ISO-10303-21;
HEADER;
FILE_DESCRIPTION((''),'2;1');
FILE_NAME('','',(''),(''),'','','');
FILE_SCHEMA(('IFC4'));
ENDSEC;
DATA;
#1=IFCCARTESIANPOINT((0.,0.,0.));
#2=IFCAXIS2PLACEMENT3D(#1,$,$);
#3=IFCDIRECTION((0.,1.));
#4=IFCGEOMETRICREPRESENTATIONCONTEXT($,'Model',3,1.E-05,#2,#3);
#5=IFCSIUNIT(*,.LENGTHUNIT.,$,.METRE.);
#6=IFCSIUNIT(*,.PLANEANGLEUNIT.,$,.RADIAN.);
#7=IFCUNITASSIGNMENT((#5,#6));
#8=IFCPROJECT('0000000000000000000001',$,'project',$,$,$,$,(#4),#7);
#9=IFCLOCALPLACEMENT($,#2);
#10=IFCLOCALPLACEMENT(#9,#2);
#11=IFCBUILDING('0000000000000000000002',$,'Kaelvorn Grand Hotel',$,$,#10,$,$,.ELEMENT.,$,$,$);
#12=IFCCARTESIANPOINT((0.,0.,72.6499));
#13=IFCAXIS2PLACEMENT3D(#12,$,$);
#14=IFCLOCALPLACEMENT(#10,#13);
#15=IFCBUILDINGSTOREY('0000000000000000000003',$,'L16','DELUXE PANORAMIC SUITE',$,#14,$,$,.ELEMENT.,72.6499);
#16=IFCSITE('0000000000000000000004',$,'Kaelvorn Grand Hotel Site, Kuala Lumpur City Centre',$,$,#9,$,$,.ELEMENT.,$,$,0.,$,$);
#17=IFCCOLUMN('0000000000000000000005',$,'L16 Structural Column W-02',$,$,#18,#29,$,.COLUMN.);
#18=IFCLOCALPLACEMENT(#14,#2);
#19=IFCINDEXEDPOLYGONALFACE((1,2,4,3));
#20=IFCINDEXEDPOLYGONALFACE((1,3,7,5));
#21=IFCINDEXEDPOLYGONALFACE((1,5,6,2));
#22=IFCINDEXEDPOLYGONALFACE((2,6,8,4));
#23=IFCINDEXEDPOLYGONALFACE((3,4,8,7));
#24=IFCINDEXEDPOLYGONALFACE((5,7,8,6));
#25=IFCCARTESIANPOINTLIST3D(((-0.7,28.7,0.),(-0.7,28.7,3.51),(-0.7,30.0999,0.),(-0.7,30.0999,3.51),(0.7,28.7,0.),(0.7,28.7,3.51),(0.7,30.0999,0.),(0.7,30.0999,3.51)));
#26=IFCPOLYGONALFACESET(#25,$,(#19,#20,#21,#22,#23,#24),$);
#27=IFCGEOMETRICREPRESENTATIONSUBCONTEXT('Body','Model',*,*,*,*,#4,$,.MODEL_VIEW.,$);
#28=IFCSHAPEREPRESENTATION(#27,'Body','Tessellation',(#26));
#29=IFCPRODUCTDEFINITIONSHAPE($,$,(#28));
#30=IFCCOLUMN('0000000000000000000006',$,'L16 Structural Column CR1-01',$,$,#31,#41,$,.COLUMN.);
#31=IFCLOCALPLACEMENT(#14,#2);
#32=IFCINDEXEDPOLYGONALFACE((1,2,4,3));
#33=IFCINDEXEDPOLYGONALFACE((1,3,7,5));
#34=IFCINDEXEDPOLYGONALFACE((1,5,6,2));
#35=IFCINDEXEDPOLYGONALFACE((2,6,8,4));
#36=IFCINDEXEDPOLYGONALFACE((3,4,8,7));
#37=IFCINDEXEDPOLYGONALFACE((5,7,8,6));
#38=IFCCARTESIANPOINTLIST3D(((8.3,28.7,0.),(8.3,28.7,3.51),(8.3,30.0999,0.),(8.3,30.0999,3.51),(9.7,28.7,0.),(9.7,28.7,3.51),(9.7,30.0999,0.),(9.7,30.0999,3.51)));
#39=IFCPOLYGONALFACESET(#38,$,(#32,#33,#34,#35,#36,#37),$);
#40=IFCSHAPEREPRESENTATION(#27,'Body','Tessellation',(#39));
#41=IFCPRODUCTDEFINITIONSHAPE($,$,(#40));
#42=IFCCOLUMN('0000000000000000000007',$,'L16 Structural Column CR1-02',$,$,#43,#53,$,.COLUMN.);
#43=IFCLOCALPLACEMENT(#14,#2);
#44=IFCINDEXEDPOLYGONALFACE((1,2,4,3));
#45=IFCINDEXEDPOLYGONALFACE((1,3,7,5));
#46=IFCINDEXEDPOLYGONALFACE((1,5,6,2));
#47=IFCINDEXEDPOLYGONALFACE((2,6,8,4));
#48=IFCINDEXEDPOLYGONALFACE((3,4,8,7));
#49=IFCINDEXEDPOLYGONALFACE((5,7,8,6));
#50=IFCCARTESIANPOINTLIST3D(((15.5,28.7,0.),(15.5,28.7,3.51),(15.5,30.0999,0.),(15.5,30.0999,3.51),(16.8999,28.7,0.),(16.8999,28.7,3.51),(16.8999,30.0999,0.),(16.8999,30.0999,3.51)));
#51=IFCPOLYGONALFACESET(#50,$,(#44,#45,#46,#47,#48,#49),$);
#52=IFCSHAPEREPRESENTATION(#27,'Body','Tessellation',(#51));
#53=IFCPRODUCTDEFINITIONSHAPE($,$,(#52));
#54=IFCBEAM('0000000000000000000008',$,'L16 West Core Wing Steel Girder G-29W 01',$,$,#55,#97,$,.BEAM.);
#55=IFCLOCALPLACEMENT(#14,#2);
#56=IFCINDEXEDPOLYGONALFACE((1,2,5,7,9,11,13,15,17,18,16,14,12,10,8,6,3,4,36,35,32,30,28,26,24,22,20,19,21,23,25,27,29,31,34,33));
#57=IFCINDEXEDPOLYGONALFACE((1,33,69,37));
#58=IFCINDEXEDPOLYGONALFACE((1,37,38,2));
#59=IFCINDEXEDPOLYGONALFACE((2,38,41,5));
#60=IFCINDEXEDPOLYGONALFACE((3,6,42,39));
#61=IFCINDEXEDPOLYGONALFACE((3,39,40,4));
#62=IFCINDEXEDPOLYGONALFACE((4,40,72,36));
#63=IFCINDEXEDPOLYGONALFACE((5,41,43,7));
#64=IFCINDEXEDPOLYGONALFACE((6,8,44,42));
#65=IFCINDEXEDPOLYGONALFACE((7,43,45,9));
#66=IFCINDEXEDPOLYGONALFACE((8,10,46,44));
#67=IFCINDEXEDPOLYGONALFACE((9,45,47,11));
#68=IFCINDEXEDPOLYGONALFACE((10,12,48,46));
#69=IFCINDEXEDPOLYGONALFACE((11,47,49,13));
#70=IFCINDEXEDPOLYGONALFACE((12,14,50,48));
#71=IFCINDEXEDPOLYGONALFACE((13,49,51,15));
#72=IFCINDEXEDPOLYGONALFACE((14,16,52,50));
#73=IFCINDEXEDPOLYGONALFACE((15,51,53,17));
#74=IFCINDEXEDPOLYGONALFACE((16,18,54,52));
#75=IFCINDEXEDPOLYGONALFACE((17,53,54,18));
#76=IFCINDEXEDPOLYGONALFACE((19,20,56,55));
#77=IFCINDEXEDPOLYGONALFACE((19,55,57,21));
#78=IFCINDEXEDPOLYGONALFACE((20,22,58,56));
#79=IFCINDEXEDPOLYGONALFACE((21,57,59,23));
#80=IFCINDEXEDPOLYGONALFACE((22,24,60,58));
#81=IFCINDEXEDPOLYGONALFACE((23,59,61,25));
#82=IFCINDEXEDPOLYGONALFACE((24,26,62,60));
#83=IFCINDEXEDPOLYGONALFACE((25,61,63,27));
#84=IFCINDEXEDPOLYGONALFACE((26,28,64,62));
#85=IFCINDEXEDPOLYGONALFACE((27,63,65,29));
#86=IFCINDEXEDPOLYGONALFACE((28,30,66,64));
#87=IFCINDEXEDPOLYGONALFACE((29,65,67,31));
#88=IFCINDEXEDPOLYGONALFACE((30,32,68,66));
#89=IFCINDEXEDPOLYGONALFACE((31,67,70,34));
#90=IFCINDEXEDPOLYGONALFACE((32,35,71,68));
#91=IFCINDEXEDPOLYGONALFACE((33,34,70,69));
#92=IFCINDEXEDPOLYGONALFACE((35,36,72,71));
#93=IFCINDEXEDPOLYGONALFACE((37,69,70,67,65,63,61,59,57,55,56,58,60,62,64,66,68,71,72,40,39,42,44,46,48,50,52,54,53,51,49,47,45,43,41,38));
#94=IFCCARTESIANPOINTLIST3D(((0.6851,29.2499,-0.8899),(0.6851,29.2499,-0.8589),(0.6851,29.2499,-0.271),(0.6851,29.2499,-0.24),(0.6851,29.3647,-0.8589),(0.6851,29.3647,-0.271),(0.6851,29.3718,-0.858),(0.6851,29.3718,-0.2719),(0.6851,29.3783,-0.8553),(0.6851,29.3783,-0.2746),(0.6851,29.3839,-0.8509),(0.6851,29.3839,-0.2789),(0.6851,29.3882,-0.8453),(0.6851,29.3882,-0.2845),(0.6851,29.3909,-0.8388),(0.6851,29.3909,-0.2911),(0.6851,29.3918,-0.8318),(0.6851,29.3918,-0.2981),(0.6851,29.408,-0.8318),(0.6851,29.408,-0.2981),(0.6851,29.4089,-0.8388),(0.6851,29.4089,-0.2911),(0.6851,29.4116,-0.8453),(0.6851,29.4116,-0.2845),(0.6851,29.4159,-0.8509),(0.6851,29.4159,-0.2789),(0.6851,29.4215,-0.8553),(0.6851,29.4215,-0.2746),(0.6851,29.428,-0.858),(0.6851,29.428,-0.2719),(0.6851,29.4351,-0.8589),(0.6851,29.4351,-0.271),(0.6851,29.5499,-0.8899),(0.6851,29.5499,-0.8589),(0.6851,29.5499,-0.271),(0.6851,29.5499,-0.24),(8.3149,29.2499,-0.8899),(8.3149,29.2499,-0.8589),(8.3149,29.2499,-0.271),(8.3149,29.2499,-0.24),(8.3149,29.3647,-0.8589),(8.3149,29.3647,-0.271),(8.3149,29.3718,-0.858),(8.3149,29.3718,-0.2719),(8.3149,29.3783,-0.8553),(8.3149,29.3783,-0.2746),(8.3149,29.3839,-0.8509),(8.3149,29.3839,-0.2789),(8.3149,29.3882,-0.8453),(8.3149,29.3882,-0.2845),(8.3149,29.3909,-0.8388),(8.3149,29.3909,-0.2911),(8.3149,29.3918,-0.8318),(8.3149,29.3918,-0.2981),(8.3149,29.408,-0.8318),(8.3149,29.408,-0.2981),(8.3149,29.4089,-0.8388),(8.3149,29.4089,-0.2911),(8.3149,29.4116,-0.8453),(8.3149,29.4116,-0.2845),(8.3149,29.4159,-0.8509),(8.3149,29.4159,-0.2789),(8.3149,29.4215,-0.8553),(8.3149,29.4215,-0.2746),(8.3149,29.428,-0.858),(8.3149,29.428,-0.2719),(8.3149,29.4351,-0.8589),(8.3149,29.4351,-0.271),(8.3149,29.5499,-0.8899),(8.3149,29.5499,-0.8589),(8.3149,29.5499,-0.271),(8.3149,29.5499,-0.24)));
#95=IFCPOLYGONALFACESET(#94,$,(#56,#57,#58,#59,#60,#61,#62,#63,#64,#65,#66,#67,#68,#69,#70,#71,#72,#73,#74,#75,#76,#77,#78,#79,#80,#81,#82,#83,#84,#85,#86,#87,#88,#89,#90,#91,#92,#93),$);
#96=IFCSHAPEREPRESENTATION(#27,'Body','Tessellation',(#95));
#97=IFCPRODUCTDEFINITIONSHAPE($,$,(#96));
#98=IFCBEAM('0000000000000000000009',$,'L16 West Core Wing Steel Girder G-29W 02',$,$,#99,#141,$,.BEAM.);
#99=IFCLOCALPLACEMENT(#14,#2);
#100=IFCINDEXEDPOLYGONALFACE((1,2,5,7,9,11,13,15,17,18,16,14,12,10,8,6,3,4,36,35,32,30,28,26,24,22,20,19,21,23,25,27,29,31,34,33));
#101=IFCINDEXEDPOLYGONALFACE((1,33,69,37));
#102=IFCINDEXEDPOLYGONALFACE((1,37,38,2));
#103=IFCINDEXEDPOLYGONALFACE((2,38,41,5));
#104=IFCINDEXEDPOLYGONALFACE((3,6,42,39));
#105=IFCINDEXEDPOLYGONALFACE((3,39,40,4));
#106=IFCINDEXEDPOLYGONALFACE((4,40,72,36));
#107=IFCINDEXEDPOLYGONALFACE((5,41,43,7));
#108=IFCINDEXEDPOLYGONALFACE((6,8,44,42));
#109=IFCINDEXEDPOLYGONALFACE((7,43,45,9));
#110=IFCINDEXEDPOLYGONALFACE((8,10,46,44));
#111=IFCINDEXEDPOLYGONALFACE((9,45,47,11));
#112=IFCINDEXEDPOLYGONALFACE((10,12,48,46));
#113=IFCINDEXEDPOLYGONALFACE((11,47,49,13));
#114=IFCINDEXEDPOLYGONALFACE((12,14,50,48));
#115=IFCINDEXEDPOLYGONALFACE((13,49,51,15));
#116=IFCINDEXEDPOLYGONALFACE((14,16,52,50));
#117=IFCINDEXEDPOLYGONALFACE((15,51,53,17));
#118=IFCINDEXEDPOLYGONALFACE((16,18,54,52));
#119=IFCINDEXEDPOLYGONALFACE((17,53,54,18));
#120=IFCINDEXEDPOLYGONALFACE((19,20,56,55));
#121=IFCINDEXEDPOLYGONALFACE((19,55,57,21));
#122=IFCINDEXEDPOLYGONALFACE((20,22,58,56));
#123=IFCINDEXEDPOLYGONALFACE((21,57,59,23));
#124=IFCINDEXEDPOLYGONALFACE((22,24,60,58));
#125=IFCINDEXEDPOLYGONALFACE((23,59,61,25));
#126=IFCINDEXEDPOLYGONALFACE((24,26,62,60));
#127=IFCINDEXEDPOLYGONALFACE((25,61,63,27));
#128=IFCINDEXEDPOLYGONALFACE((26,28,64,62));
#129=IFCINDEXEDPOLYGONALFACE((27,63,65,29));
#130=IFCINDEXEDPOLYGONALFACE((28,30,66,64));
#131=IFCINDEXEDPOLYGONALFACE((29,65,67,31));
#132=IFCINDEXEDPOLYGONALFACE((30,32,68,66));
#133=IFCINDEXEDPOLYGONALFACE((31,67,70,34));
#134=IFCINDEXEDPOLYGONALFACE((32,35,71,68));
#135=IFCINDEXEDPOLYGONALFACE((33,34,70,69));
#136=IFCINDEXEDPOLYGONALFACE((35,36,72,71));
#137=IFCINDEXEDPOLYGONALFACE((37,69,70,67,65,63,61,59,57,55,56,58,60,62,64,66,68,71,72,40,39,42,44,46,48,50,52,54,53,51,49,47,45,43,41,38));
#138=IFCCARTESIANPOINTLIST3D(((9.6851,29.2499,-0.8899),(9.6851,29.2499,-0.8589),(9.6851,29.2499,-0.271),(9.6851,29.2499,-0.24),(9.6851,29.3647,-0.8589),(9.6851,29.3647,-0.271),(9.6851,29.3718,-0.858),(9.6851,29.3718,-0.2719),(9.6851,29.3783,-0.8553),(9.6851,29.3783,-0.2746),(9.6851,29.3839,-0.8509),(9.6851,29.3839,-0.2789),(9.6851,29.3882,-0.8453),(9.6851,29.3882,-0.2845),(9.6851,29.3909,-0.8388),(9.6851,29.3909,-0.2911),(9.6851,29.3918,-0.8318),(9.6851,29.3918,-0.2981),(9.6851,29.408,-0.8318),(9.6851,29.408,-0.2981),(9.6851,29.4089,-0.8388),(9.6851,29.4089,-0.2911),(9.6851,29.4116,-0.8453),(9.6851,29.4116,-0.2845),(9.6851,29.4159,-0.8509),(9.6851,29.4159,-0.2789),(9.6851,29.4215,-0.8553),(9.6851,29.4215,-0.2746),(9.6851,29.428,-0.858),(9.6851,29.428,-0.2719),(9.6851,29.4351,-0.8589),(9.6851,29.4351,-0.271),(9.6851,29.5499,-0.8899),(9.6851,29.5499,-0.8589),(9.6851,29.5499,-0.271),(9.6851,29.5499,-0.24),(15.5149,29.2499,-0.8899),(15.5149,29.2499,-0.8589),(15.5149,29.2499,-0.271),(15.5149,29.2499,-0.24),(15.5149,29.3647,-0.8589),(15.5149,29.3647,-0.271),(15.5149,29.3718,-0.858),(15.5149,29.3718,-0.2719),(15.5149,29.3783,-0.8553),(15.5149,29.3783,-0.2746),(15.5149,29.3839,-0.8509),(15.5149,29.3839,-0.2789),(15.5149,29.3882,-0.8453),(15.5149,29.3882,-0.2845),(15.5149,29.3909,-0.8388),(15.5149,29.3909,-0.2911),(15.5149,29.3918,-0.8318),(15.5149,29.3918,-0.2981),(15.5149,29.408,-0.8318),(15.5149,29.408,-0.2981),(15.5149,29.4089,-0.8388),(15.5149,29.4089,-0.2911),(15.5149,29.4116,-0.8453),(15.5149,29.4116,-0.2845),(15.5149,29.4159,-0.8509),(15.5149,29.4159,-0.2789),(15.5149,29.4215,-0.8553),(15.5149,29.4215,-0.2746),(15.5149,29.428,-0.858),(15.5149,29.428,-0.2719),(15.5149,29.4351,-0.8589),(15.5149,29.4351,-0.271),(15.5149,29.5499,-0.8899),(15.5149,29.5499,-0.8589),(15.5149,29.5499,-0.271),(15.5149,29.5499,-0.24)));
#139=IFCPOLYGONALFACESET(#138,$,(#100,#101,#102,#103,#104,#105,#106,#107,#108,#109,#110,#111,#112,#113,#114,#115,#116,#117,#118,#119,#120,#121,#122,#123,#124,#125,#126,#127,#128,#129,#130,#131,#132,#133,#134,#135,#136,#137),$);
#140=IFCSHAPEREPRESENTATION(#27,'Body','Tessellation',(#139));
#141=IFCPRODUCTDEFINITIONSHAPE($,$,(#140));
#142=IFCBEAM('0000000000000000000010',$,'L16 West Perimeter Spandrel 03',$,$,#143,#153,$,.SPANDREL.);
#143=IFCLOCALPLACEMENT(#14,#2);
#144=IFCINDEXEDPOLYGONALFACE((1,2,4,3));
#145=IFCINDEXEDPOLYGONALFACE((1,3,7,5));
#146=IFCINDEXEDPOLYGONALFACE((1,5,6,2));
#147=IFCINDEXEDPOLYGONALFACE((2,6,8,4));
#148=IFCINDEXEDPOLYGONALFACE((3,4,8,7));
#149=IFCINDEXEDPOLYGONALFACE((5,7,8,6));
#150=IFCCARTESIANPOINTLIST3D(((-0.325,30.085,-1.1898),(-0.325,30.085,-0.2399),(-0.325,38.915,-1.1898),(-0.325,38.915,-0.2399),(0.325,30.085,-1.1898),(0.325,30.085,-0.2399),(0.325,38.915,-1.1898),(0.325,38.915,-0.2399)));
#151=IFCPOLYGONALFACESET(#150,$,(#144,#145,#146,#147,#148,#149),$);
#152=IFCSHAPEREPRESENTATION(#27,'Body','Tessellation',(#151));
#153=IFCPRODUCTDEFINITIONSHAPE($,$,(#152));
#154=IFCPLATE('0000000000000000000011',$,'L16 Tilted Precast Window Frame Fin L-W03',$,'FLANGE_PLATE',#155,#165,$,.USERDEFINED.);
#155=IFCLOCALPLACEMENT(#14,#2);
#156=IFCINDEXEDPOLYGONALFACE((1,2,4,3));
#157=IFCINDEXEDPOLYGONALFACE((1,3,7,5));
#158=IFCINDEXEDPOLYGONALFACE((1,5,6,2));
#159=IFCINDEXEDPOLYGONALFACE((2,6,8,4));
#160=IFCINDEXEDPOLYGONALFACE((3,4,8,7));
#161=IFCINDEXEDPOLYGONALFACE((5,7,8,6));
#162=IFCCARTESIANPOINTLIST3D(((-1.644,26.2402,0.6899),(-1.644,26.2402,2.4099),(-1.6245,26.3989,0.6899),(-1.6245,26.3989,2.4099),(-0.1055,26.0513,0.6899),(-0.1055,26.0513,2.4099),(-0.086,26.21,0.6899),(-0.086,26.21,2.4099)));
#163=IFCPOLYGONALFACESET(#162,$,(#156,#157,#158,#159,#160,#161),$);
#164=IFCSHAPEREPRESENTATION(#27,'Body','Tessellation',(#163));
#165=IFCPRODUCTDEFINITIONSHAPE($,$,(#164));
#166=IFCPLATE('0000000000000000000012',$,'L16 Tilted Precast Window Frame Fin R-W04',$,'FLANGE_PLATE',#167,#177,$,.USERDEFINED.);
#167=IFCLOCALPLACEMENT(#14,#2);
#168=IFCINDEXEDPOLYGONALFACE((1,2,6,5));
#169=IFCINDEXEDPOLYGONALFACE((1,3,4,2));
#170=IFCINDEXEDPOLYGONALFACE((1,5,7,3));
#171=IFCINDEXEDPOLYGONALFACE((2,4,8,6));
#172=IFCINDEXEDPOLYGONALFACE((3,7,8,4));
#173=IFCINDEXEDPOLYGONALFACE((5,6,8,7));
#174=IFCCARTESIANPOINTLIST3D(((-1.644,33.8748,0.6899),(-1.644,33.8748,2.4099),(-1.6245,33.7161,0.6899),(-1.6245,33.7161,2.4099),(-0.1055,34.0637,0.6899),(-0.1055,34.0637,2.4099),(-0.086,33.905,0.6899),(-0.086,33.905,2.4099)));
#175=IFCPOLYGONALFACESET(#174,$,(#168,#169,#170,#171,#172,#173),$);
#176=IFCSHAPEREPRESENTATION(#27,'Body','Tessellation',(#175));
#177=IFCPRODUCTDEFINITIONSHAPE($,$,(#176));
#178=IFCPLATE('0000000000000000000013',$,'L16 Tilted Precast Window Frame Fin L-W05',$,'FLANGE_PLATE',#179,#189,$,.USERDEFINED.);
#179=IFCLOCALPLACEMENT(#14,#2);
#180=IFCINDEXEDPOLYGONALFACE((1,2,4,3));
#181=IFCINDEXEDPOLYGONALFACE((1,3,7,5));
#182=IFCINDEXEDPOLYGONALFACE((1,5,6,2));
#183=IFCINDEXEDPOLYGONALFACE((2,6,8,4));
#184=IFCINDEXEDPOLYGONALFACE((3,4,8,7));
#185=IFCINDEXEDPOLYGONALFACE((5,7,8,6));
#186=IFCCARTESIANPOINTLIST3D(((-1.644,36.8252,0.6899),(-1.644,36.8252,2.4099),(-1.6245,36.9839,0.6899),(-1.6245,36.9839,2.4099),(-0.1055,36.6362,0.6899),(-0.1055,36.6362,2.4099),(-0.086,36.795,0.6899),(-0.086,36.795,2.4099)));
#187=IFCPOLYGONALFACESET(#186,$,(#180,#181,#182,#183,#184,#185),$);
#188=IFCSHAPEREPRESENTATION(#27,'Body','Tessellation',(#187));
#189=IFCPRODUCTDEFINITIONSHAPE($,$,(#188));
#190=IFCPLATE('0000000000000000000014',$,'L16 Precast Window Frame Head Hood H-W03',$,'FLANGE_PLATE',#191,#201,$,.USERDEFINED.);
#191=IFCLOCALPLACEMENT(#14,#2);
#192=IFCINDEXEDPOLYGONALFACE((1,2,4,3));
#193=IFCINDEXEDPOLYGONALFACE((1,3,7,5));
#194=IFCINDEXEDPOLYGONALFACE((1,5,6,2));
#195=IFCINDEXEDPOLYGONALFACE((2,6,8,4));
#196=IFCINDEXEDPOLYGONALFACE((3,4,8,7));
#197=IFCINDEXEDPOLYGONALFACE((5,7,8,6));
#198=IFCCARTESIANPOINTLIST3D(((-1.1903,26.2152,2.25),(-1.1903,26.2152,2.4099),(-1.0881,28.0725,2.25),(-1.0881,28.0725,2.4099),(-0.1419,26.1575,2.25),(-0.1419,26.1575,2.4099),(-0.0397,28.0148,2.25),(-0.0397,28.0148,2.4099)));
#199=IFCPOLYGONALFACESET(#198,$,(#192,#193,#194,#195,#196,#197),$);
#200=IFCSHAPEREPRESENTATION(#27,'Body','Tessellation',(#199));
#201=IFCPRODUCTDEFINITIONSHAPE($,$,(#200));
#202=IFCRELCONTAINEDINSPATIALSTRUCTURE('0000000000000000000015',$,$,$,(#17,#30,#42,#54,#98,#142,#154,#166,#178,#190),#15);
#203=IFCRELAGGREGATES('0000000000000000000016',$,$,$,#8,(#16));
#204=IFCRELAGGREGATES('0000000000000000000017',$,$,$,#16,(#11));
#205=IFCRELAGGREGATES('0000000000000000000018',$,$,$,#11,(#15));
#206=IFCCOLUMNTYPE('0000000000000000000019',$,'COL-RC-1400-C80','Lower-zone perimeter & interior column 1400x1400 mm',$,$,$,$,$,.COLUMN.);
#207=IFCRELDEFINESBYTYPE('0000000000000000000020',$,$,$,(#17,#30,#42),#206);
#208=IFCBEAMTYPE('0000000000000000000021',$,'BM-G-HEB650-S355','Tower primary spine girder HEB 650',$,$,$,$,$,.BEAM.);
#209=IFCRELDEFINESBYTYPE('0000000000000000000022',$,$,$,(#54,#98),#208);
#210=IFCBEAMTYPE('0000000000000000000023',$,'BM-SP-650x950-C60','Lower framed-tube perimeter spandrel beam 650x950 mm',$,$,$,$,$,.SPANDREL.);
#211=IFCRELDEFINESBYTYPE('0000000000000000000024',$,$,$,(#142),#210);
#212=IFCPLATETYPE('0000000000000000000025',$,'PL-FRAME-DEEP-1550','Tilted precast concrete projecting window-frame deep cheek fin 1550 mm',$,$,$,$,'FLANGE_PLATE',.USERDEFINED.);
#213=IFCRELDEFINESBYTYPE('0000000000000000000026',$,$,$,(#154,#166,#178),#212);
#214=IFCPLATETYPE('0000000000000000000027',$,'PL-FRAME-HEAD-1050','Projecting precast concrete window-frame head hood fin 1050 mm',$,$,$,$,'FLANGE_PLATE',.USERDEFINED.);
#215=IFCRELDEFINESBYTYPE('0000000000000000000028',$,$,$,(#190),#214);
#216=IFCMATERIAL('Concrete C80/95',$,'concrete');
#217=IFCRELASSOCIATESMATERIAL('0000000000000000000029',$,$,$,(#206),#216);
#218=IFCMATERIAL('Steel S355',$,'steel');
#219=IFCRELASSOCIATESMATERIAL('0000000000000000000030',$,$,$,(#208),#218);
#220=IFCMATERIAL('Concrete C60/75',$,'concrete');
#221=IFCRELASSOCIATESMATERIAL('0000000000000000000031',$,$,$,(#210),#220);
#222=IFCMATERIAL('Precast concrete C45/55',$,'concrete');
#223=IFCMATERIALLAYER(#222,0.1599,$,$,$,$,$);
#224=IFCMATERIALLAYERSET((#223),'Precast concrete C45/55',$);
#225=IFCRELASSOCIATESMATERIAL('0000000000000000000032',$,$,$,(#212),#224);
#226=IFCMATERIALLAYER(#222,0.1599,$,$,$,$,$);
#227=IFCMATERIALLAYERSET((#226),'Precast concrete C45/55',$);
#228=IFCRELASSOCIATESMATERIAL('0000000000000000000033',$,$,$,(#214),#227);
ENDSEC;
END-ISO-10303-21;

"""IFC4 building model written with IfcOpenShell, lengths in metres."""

from ifc_helpers import new_model, si_unit, direction, frame, origin, origin_2d, place, context, subcontext, project, spatial, rectangle, i_section, extrude, material, layer, layer_set, material_profile, profile_set, type_object, element, save


model = new_model("IFC4")

# Units and contexts
model_context = context("Model", 3, precision=1e-05, world=origin(), true_north=direction((0.0, 1.0)))
body_context = subcontext(model_context, "Body", "Model", "MODEL_VIEW")
ifc_project = project(units=[si_unit("LENGTHUNIT", "METRE"), si_unit("PLANEANGLEUNIT", "RADIAN")], contexts=[model_context])

# Site, building, storey
site_placement = place(None, origin())
site = spatial("IfcSite", under=ifc_project, at=site_placement, Name="Kaelvorn Grand Hotel Site, Kuala Lumpur City Centre", CompositionType="ELEMENT", RefElevation=0.0)
building_placement = place(site_placement, origin())
building = spatial("IfcBuilding", under=site, at=building_placement, Name="Kaelvorn Grand Hotel", CompositionType="ELEMENT")
storey_placement = place(building_placement, frame((0.0, 0.0, 72.6499)))
storey = spatial("IfcBuildingStorey", under=building, at=storey_placement, Name="L16", Description="DELUXE PANORAMIC SUITE", CompositionType="ELEMENT", Elevation=72.6499)

# Columns
ifc_material_1 = material(Name="Concrete C80/95", Category="concrete")
ifc_material_profile_1 = material_profile(ifc_material_1, rectangle(XDim=1.3999, YDim=1.3999, at=origin_2d()), Name="RC COL 1400x1400")
ifc_profile_set_1 = profile_set([ifc_material_profile_1], Name="Concrete C80/95")
column_type = type_object("IfcColumnType", Name="COL-RC-1400-C80", Description="Lower-zone perimeter & interior column 1400x1400 mm", PredefinedType="COLUMN", material=ifc_profile_set_1)
for number, where, z_axis, x_axis, name in (
    (1, (0.0, 29.3999, 0.0), (0.0, 0.0, 1.0), (1.0, 0.0, 0.0), "L16 Structural Column W-02"),
    (2, (9.0, 29.3999, 0.0), (0.0, 0.0, 1.0), (1.0, 0.0, 0.0), "L16 Structural Column CR1-01"),
    (3, (16.2, 29.3999, 0.0), (0.0, 0.0, 1.0), (1.0, 0.0, 0.0), "L16 Structural Column CR1-02"),
):
    element("IfcColumn", number, at=place(storey_placement, frame(where, z_axis=z_axis, x_axis=x_axis)), inside=storey, type_object=column_type, Name=name, PredefinedType="COLUMN", context=body_context, shape_type="SweptSolid", body=[
        extrude(rectangle(XDim=1.3999, YDim=1.3999, at=origin_2d()), origin(), (0.0, 0.0, 1.0), 3.51),
    ])

# Beams
ifc_material_2 = material(Name="Steel S355", Category="steel")
ifc_material_profile_2 = material_profile(ifc_material_2, i_section(OverallWidth=0.3, OverallDepth=0.6499, WebThickness=0.0161, FlangeThickness=0.031, FilletRadius=0.0271, at=origin_2d()), Name="HEB 650")
ifc_profile_set_2 = profile_set([ifc_material_profile_2], Name="Steel S355")
beam_type_1 = type_object("IfcBeamType", Name="BM-G-HEB650-S355", Description="Tower primary spine girder HEB 650", PredefinedType="BEAM", material=ifc_profile_set_2)
beam_1_placement = place(storey_placement, frame((0.6851, 29.3999, -0.5649), z_axis=(1.0, 0.0, 0.0), x_axis=(0.0, 1.0, 0.0)))
element("IfcBeam", 4, at=beam_1_placement, inside=storey, type_object=beam_type_1, Name="L16 West Core Wing Steel Girder G-29W 01", PredefinedType="BEAM", context=body_context, shape_type="SweptSolid", body=[
    extrude(i_section(OverallWidth=0.3, OverallDepth=0.6499, WebThickness=0.0161, FlangeThickness=0.031, FilletRadius=0.0271, at=origin_2d()), origin(), (0.0, 0.0, 1.0), 7.6299),
])
beam_2_placement = place(storey_placement, frame((9.6851, 29.3999, -0.5649), z_axis=(1.0, 0.0, 0.0), x_axis=(0.0, 1.0, 0.0)))
element("IfcBeam", 5, at=beam_2_placement, inside=storey, type_object=beam_type_1, Name="L16 West Core Wing Steel Girder G-29W 02", PredefinedType="BEAM", context=body_context, shape_type="SweptSolid", body=[
    extrude(i_section(OverallWidth=0.3, OverallDepth=0.6499, WebThickness=0.0161, FlangeThickness=0.031, FilletRadius=0.0271, at=origin_2d()), origin(), (0.0, 0.0, 1.0), 5.8298),
])
ifc_material_3 = material(Name="Concrete C60/75", Category="concrete")
ifc_material_profile_3 = material_profile(ifc_material_3, rectangle(XDim=0.6499, YDim=0.95, at=origin_2d()), Name="RC SPANDREL 650x950")
ifc_profile_set_3 = profile_set([ifc_material_profile_3], Name="Concrete C60/75")
beam_type_2 = type_object("IfcBeamType", Name="BM-SP-650x950-C60", Description="Lower framed-tube perimeter spandrel beam 650x950 mm", PredefinedType="SPANDREL", material=ifc_profile_set_3)
beam_3_placement = place(storey_placement, frame((0.0, 30.085, -0.7148), z_axis=(0.0, 1.0, 0.0), x_axis=(-1.0, 0.0, 0.0)))
element("IfcBeam", 6, at=beam_3_placement, inside=storey, type_object=beam_type_2, Name="L16 West Perimeter Spandrel 03", PredefinedType="SPANDREL", context=body_context, shape_type="SweptSolid", body=[
    extrude(rectangle(XDim=0.6499, YDim=0.95, at=origin_2d()), origin(), (0.0, 0.0, 1.0), 8.8301),
])

# Plates
ifc_material_4 = material(Name="Precast concrete C45/55", Category="concrete")
ifc_layer_1 = layer(ifc_material_4, 0.1599)
ifc_layer_set_1 = layer_set([ifc_layer_1], Name="Precast concrete C45/55")
plate_type_1 = type_object("IfcPlateType", Name="PL-FRAME-DEEP-1550", Description="Tilted precast concrete projecting window-frame deep cheek fin 1550 mm", ElementType="FLANGE_PLATE", PredefinedType="USERDEFINED", material=ifc_layer_set_1)
for number, where, z_axis, x_axis, name in (
    (7, (-0.865, 26.2251, 0.6899), (0.0, 0.0, 1.0), (0.121869, 0.992546, 0.0), "L16 Tilted Precast Window Frame Fin L-W03"),
    (8, (-0.865, 33.8899, 0.6899), (0.0, 0.0, 1.0), (-0.121869, 0.992546, 0.0), "L16 Tilted Precast Window Frame Fin R-W04"),
    (9, (-0.865, 36.8101, 0.6899), (0.0, 0.0, 1.0), (0.121869, 0.992546, 0.0), "L16 Tilted Precast Window Frame Fin L-W05"),
):
    element("IfcPlate", number, at=place(storey_placement, frame(where, z_axis=z_axis, x_axis=x_axis)), inside=storey, type_object=plate_type_1, Name=name, ObjectType="FLANGE_PLATE", PredefinedType="USERDEFINED", context=body_context, shape_type="SweptSolid", body=[
        extrude(rectangle(XDim=0.1599, YDim=1.55, at=origin_2d()), origin(), (0.0, 0.0, 1.0), 1.72),
    ])
ifc_layer_2 = layer(ifc_material_4, 0.1599)
ifc_layer_set_2 = layer_set([ifc_layer_2], Name="Precast concrete C45/55")
plate_type_2 = type_object("IfcPlateType", Name="PL-FRAME-HEAD-1050", Description="Projecting precast concrete window-frame head hood fin 1050 mm", ElementType="FLANGE_PLATE", PredefinedType="USERDEFINED", material=ifc_layer_set_2)
for number, where, z_axis, x_axis, name in (
    (10, (-0.615, 27.115, 2.25), (0.0, 0.0, 1.0), (0.05495, 0.998489, 0.0), "L16 Precast Window Frame Head Hood H-W03"),
):
    element("IfcPlate", number, at=place(storey_placement, frame(where, z_axis=z_axis, x_axis=x_axis)), inside=storey, type_object=plate_type_2, Name=name, ObjectType="FLANGE_PLATE", PredefinedType="USERDEFINED", context=body_context, shape_type="SweptSolid", body=[
        extrude(rectangle(XDim=1.8601, YDim=1.05, at=origin_2d()), origin(), (0.0, 0.0, 1.0), 0.1599),
    ])

save(model, "model.ifc")
